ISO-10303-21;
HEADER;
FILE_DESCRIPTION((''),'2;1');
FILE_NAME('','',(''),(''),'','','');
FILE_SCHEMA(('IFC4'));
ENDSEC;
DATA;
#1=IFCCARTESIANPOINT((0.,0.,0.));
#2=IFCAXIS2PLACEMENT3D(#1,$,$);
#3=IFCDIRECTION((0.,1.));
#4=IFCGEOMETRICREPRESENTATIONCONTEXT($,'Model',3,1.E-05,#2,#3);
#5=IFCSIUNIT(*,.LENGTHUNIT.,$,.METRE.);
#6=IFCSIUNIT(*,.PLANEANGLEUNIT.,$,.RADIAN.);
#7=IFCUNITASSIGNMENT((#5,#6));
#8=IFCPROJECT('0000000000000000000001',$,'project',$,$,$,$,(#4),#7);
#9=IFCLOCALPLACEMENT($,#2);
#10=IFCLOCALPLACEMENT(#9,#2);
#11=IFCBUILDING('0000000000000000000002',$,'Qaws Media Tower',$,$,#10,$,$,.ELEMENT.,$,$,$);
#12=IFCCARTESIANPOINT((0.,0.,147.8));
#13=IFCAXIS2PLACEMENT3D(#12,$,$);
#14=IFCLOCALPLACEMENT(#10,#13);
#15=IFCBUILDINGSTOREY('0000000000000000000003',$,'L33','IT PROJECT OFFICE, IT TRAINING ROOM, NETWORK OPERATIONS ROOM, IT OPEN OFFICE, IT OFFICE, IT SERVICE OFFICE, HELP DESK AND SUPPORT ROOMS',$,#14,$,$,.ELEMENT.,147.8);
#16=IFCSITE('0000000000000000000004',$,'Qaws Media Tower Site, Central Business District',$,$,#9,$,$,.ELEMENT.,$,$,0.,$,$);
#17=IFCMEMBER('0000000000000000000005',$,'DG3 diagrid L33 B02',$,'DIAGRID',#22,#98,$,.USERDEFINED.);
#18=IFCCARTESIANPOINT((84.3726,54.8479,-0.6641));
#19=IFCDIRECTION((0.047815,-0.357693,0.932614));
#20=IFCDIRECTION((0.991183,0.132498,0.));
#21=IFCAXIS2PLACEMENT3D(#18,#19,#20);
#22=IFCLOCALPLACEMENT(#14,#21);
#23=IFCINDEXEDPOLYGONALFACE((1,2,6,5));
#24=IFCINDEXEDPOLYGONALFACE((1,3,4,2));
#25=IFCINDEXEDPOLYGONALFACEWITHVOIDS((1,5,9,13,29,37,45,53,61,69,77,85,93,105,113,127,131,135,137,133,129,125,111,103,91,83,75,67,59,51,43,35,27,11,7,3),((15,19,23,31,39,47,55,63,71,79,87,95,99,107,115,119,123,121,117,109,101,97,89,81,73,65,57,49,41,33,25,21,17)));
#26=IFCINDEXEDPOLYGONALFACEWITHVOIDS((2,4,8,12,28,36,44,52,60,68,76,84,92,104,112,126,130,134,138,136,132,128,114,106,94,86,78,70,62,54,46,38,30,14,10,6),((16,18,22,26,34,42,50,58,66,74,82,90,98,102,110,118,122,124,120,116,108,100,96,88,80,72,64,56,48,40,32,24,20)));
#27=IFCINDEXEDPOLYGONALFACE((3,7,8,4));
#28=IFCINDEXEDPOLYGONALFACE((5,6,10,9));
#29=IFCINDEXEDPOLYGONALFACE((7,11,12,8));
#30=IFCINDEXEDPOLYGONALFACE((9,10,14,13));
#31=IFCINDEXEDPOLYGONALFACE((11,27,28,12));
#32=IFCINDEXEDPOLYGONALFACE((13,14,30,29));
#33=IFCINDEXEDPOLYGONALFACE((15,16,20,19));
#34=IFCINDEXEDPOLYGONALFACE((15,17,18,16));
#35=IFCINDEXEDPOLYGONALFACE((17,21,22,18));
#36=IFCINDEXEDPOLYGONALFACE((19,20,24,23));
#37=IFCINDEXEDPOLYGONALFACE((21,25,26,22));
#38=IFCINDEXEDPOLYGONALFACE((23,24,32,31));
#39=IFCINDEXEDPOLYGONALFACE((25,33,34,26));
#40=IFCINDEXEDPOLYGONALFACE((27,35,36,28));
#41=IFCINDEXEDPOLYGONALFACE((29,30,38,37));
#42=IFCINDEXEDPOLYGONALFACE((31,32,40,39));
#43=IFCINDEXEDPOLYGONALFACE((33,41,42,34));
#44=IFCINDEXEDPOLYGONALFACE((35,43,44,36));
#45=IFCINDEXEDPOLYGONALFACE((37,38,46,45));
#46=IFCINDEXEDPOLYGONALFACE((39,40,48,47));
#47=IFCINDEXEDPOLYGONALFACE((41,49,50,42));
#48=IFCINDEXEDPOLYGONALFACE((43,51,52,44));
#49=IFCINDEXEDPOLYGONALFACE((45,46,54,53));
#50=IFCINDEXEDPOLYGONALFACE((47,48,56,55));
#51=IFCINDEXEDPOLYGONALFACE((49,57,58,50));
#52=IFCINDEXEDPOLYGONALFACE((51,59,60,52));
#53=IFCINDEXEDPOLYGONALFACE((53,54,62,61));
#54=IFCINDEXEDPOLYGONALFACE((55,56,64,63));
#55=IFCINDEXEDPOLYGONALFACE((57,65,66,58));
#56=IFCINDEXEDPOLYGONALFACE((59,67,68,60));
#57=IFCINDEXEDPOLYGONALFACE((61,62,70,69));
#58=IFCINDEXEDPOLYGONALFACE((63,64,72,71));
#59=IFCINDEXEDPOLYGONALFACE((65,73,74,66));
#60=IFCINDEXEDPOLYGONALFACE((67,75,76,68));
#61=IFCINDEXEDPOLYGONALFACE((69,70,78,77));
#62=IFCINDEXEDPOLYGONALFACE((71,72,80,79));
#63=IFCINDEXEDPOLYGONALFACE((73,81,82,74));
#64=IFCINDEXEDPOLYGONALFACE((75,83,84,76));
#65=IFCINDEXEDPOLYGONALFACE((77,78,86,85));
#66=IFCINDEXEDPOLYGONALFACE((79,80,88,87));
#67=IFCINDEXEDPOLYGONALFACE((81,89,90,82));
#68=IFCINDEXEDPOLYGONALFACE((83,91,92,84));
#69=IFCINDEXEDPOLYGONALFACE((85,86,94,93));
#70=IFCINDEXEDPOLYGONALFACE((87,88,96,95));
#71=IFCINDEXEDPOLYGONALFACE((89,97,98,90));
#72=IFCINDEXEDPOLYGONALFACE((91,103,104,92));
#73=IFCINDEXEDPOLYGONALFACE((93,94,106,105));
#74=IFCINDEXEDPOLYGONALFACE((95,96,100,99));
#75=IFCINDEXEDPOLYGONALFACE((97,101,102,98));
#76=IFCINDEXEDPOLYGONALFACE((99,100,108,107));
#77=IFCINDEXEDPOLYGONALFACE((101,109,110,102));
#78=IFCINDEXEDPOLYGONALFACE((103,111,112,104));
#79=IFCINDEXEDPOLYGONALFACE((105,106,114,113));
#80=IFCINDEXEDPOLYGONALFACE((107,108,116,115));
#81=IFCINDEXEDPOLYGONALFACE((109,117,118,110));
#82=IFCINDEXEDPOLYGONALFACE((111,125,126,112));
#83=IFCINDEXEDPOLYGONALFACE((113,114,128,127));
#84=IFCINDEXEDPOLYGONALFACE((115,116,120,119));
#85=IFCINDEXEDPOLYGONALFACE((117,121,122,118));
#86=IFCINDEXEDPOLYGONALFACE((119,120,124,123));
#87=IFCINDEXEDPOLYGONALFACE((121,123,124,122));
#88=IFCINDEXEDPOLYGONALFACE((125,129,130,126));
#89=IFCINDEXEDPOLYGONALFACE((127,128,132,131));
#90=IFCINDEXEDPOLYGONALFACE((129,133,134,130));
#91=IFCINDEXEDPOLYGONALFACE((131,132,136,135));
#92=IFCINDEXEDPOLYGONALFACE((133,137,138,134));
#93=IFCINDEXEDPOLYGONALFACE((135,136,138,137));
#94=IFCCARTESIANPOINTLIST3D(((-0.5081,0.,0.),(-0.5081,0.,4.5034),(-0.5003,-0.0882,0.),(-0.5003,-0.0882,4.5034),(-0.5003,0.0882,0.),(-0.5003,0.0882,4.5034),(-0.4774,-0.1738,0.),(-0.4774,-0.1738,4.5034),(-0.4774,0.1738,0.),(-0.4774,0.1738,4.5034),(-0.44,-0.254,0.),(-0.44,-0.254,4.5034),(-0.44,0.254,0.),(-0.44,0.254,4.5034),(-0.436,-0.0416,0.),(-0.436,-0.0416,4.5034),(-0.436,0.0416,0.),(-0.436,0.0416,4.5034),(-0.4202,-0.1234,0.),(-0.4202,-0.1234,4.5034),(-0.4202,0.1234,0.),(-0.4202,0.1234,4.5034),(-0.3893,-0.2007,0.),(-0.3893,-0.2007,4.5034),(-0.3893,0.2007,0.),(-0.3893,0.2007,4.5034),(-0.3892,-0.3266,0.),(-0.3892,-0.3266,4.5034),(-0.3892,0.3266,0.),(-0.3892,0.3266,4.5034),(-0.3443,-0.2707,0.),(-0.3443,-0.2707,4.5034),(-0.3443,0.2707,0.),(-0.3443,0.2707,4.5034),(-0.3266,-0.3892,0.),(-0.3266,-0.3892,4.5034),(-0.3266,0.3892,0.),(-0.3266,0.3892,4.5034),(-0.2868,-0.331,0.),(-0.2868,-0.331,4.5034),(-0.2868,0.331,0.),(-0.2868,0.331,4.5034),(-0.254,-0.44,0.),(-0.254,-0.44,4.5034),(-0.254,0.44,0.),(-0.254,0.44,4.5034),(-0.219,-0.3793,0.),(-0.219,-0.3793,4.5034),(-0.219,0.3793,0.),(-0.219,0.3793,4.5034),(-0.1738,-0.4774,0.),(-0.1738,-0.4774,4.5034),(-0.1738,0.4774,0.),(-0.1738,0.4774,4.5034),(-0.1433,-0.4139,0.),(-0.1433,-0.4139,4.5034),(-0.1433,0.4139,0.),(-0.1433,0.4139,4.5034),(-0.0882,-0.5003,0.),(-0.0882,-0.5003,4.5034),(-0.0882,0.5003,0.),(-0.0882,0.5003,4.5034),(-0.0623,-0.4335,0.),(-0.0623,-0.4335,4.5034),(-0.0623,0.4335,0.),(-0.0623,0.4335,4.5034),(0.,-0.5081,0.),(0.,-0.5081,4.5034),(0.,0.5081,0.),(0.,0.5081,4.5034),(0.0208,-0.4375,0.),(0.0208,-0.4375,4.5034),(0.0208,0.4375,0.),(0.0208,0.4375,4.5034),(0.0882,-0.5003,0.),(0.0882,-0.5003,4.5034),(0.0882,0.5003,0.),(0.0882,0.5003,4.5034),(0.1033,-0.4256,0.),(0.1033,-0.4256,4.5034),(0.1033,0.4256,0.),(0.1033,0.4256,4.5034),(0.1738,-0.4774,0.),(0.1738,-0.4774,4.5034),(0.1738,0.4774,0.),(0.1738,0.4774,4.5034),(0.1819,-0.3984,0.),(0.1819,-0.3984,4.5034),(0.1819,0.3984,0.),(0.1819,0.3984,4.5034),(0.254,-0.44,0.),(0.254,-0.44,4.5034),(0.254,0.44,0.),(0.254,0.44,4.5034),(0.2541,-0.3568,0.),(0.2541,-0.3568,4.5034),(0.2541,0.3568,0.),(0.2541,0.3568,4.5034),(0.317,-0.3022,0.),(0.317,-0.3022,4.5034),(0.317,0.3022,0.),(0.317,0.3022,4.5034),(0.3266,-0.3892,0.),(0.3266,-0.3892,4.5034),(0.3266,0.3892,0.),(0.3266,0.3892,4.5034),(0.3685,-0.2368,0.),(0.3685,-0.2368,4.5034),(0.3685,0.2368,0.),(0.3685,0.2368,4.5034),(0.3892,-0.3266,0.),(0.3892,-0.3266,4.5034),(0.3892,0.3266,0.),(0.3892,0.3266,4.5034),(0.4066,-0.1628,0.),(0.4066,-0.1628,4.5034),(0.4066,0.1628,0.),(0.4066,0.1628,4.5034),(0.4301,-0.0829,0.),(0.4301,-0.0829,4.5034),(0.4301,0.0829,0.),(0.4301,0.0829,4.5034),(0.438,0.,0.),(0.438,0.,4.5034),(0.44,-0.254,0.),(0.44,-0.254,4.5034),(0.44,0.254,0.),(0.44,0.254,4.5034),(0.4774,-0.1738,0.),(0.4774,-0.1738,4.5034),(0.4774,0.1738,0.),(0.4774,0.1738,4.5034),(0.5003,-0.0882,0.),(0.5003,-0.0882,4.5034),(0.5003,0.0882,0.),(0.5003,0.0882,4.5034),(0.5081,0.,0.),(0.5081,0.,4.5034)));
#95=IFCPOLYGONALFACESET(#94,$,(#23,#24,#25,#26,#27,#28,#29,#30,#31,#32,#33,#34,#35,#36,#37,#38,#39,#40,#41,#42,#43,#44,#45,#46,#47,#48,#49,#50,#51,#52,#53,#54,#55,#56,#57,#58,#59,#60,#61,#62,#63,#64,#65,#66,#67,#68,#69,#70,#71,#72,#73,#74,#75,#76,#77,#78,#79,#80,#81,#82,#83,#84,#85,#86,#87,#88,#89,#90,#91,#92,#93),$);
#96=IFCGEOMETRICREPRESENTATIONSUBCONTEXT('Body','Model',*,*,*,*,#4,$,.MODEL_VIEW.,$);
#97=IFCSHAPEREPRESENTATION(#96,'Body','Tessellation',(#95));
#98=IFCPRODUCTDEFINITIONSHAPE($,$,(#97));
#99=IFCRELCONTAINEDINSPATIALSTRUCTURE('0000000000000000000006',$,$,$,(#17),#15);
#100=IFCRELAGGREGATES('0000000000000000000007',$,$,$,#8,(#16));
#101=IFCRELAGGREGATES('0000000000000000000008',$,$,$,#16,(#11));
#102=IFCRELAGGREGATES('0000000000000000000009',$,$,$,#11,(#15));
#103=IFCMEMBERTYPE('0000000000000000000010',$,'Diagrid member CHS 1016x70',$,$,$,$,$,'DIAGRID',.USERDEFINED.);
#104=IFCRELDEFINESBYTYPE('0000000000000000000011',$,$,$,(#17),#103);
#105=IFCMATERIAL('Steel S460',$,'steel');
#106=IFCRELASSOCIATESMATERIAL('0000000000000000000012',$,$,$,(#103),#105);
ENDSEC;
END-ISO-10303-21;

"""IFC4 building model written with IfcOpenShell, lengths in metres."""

from ifc_helpers import new_model, si_unit, direction, frame, origin, origin_2d, place, context, subcontext, project, spatial, hollow_circle, extrude, material, material_profile, profile_set, type_object, element, save


model = new_model("IFC4")

# Units and contexts
model_context = context("Model", 3, precision=1e-05, world=origin(), true_north=direction((0.0, 1.0)))
body_context = subcontext(model_context, "Body", "Model", "MODEL_VIEW")
ifc_project = project(units=[si_unit("LENGTHUNIT", "METRE"), si_unit("PLANEANGLEUNIT", "RADIAN")], contexts=[model_context])

# Site, building, storey
site_placement = place(None, origin())
site = spatial("IfcSite", under=ifc_project, at=site_placement, Name="Qaws Media Tower Site, Central Business District", CompositionType="ELEMENT", RefElevation=0.0)
building_placement = place(site_placement, origin())
building = spatial("IfcBuilding", under=site, at=building_placement, Name="Qaws Media Tower", CompositionType="ELEMENT")
storey_placement = place(building_placement, frame((0.0, 0.0, 147.8)))
storey = spatial("IfcBuildingStorey", under=building, at=storey_placement, Name="L33", Description="IT PROJECT OFFICE, IT TRAINING ROOM, NETWORK OPERATIONS ROOM, IT OPEN OFFICE, IT OFFICE, IT SERVICE OFFICE, HELP DESK AND SUPPORT ROOMS", CompositionType="ELEMENT", Elevation=147.8)

# Member
ifc_material_1 = material(Name="Steel S460", Category="steel")
ifc_material_profile_1 = material_profile(ifc_material_1, hollow_circle(Radius=0.5081, WallThickness=0.0701, at=origin_2d()), Name="CHS 1016x70")
ifc_profile_set_1 = profile_set([ifc_material_profile_1], Name="Steel S460")
member_type_1 = type_object("IfcMemberType", Name="Diagrid member CHS 1016x70", ElementType="DIAGRID", PredefinedType="USERDEFINED", material=ifc_profile_set_1)
for number, where, z_axis, x_axis, name in (
    (1, (84.3726, 54.8479, -0.6641), (0.047815, -0.357693, 0.932614), (0.991183, 0.132498, 0.0), "DG3 diagrid L33 B02"),
):
    element("IfcMember", number, at=place(storey_placement, frame(where, z_axis=z_axis, x_axis=x_axis)), inside=storey, type_object=member_type_1, Name=name, ObjectType="DIAGRID", PredefinedType="USERDEFINED", context=body_context, shape_type="SweptSolid", body=[
        extrude(hollow_circle(Radius=0.5081, WallThickness=0.0701, at=origin_2d()), origin(), (0.0, 0.0, 1.0), 4.5034),
    ])

save(model, "model.ifc")
